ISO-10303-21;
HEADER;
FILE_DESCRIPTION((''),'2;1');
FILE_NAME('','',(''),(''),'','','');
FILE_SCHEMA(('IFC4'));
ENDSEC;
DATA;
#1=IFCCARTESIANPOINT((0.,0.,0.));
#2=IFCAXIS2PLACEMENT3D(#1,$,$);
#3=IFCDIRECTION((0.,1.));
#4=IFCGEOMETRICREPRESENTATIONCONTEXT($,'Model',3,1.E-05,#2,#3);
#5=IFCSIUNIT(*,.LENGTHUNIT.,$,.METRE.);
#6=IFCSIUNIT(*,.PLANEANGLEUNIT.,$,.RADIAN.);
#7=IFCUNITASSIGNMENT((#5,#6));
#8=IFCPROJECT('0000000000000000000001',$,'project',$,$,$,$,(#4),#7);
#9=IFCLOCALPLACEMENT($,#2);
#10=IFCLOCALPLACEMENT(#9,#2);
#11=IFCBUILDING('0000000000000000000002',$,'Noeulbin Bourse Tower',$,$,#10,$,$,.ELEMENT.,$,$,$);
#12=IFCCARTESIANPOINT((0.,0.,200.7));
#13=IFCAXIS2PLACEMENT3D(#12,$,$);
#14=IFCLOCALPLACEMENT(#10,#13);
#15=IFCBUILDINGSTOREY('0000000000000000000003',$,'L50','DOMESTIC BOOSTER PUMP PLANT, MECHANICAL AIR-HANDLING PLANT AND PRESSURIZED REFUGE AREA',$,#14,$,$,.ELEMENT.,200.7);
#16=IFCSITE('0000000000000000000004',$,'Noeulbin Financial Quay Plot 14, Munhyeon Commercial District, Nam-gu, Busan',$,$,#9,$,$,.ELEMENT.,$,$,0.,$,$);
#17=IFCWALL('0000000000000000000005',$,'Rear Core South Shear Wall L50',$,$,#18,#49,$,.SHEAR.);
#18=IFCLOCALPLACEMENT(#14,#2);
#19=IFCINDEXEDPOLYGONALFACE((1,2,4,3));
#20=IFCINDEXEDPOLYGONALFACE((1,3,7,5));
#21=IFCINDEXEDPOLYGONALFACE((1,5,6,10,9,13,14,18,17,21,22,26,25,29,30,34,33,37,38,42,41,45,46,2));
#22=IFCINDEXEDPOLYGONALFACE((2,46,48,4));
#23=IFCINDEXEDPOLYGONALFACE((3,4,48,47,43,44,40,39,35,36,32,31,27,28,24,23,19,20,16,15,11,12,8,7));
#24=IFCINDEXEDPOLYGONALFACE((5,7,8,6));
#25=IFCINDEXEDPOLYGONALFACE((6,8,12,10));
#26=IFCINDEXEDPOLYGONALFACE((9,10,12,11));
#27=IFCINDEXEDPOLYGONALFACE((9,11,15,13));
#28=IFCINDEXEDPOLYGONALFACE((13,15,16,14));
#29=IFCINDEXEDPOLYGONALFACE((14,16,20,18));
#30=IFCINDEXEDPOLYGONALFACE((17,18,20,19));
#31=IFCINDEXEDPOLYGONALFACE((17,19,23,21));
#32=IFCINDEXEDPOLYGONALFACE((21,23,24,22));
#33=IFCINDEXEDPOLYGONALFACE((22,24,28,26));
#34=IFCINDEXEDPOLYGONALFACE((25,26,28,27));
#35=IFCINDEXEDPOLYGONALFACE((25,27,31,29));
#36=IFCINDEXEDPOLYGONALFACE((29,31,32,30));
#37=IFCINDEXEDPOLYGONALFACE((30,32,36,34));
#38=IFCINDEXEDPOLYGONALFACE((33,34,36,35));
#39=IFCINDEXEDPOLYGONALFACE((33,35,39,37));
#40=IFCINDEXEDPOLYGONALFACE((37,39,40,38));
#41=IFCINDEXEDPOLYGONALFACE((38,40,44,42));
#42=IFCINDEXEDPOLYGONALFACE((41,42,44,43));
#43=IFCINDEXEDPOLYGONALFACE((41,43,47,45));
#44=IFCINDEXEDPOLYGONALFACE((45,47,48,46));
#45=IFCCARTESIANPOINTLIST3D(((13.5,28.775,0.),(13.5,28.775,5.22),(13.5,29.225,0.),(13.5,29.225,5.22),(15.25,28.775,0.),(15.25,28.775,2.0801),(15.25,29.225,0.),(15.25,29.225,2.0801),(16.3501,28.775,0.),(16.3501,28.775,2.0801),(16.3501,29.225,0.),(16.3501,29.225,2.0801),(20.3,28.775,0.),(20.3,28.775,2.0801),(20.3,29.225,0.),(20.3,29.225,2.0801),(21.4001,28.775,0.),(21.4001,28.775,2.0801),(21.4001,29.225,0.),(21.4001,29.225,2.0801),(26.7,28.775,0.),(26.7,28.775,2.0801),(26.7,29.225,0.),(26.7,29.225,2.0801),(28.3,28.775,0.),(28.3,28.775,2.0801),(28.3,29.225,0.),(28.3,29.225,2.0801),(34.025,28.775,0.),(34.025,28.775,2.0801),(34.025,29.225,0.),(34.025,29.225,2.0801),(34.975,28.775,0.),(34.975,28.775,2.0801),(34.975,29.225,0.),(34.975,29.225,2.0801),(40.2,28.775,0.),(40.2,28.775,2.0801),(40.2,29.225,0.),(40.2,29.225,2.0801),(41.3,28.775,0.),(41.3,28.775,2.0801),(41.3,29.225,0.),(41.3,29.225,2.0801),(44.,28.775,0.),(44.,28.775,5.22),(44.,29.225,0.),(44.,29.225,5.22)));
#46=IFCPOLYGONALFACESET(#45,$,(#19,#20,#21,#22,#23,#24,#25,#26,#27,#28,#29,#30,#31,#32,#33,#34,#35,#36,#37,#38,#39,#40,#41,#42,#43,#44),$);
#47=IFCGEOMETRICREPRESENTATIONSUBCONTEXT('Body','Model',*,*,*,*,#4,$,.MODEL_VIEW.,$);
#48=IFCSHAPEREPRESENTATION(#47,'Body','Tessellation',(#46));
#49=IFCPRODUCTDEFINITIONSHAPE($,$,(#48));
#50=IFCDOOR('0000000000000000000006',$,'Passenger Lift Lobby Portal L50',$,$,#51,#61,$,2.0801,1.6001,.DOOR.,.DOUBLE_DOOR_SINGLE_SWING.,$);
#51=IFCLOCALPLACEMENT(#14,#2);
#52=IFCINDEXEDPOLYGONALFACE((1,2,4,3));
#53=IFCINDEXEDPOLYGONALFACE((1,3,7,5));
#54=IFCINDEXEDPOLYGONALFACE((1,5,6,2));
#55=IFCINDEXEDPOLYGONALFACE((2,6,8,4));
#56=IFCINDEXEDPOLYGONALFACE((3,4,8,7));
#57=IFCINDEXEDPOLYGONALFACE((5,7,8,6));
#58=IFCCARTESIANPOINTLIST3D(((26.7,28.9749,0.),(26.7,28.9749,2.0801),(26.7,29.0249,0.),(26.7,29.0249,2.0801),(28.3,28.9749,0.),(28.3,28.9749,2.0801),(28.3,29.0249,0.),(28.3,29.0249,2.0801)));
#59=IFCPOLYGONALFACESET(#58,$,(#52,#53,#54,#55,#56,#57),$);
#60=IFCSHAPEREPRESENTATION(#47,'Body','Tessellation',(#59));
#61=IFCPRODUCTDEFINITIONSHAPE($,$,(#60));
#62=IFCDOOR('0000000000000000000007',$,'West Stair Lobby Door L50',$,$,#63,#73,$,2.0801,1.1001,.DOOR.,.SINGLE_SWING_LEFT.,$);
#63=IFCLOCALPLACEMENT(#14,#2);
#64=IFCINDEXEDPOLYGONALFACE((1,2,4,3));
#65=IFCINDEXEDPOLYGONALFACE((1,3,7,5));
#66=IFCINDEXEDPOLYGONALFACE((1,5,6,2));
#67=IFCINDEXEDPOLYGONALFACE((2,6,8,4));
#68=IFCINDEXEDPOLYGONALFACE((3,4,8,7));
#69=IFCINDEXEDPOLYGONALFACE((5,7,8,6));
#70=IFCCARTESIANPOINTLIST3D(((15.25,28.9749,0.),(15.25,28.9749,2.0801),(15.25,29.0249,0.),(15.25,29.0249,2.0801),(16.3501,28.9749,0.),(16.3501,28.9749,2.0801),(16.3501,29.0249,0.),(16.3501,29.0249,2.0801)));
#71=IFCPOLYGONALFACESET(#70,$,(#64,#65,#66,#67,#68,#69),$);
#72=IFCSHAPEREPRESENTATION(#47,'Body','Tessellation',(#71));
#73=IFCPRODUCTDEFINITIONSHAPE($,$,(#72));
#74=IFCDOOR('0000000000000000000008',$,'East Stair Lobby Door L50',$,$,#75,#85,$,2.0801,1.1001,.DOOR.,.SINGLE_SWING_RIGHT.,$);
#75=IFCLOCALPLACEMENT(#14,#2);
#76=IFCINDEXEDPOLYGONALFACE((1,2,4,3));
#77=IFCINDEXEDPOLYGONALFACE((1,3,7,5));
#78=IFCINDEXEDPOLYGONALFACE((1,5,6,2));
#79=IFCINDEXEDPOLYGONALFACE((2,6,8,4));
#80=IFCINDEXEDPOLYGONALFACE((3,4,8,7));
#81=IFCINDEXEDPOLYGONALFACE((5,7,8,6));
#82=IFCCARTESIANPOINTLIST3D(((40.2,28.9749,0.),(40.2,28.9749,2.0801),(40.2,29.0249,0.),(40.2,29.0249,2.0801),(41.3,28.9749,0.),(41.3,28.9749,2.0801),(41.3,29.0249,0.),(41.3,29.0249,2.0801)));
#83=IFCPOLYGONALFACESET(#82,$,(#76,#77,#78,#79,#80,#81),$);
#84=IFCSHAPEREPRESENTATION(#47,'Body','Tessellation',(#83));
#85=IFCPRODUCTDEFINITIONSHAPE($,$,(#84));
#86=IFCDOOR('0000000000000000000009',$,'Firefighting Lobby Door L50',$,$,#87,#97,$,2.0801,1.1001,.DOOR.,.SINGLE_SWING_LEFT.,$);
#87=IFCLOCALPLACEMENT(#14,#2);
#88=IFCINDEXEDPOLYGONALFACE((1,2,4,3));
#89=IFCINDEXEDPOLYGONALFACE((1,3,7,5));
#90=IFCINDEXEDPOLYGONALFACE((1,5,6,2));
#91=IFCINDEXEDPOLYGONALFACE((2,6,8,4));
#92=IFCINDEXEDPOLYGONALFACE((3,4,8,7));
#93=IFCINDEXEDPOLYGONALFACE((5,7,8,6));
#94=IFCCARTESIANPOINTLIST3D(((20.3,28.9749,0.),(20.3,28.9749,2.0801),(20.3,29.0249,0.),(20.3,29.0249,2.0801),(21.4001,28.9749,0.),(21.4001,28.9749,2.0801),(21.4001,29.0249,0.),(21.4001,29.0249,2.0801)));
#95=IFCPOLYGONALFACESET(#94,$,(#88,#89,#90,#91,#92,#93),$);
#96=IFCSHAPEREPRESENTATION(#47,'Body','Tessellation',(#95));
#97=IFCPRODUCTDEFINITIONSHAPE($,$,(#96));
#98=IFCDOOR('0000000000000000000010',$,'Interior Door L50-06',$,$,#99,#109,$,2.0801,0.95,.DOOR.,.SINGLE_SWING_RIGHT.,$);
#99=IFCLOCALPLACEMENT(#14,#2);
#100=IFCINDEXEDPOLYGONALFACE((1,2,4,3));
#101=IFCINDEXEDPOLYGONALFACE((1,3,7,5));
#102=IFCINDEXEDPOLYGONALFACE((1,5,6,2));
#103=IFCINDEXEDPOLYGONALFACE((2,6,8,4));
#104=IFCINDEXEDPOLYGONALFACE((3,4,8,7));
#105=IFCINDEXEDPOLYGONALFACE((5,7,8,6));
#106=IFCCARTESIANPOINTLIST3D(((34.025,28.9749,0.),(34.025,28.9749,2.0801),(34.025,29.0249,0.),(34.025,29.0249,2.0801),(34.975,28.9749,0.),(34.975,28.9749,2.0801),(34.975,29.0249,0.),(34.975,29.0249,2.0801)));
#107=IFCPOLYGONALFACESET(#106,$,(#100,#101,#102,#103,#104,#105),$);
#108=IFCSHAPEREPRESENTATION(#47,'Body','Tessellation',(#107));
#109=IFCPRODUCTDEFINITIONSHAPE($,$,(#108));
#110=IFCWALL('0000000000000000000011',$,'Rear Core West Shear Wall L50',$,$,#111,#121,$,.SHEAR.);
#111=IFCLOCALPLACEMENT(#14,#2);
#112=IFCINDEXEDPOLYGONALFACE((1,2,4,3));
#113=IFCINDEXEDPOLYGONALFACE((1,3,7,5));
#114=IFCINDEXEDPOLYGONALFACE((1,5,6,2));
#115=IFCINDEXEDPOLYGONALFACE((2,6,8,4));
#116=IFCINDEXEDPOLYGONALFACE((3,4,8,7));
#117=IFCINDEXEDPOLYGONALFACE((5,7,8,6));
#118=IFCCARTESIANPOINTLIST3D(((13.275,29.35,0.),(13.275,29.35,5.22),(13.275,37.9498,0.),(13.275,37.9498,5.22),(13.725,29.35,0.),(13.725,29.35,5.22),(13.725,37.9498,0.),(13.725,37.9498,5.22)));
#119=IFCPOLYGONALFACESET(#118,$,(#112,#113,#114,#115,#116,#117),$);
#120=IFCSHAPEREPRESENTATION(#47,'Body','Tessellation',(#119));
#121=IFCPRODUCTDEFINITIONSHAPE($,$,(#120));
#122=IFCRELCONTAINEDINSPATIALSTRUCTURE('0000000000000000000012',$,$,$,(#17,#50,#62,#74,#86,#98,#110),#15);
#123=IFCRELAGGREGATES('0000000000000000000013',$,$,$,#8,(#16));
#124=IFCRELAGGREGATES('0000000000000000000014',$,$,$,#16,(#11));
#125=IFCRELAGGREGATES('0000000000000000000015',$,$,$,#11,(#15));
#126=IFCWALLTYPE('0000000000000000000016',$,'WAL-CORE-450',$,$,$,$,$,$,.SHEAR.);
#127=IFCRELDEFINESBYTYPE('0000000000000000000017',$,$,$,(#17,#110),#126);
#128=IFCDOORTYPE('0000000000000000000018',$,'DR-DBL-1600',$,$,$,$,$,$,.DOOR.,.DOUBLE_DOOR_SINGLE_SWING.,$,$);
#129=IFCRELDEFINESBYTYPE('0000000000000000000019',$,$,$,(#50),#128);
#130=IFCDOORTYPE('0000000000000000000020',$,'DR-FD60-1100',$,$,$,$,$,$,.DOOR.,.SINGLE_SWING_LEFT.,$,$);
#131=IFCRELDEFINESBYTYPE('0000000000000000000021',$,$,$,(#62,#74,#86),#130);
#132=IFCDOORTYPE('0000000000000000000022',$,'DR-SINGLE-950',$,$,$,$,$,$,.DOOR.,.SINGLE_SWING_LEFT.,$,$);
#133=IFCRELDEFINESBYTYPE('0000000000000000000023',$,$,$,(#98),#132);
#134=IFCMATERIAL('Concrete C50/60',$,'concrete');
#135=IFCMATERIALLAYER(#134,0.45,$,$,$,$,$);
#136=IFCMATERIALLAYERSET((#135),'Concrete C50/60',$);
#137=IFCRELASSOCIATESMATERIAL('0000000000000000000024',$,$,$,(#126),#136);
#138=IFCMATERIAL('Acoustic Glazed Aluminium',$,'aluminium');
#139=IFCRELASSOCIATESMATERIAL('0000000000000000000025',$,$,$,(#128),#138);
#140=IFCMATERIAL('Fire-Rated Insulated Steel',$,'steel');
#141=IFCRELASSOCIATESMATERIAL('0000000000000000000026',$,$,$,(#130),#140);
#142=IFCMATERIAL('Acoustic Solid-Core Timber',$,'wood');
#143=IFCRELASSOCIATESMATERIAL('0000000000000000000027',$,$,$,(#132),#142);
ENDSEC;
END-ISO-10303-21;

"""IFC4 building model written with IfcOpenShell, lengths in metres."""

from ifc_helpers import new_model, si_unit, direction, frame, frame_2d, origin, place, context, subcontext, project, spatial, rectangle, extrude, material, layer, layer_set, type_object, element, fill, save


model = new_model("IFC4")

# Units and contexts
model_context = context("Model", 3, precision=1e-05, world=origin(), true_north=direction((0.0, 1.0)))
body_context = subcontext(model_context, "Body", "Model", "MODEL_VIEW")
ifc_project = project(units=[si_unit("LENGTHUNIT", "METRE"), si_unit("PLANEANGLEUNIT", "RADIAN")], contexts=[model_context])

# Site, building, storey
site_placement = place(None, origin())
site = spatial("IfcSite", under=ifc_project, at=site_placement, Name="Noeulbin Financial Quay Plot 14, Munhyeon Commercial District, Nam-gu, Busan", CompositionType="ELEMENT", RefElevation=0.0)
building_placement = place(site_placement, origin())
building = spatial("IfcBuilding", under=site, at=building_placement, Name="Noeulbin Bourse Tower", CompositionType="ELEMENT")
storey_placement = place(building_placement, frame((0.0, 0.0, 200.7)))
storey = spatial("IfcBuildingStorey", under=building, at=storey_placement, Name="L50", Description="DOMESTIC BOOSTER PUMP PLANT, MECHANICAL AIR-HANDLING PLANT AND PRESSURIZED REFUGE AREA", CompositionType="ELEMENT", Elevation=200.7)

# Wall, openings, doors
ifc_material_1 = material(Name="Concrete C50/60", Category="concrete")
ifc_layer_1 = layer(ifc_material_1, 0.45)
ifc_layer_set_1 = layer_set([ifc_layer_1], Name="Concrete C50/60")
wall_type = type_object("IfcWallType", Name="WAL-CORE-450", PredefinedType="SHEAR", material=ifc_layer_set_1)
wall_1_placement = place(storey_placement, frame((13.5, 29.0, 0.0), z_axis=(0.0, 0.0, 1.0), x_axis=(1.0, 0.0, 0.0)))
wall_1 = element("IfcWall", 1, at=wall_1_placement, inside=storey, type_object=wall_type, Name="Rear Core South Shear Wall L50", PredefinedType="SHEAR", context=body_context, shape_type="SweptSolid", body=[
    extrude(rectangle(XDim=30.5, YDim=0.45, at=frame_2d((15.25, 0.0))), origin(), (0.0, 0.0, 1.0), 5.22),
])
opening_1_placement = place(wall_1_placement, frame((1.75, 0.0, 0.0)))
opening_1 = element("IfcOpeningElement", 2, at=opening_1_placement, cuts=wall_1, PredefinedType="OPENING", context=body_context, shape_type="SweptSolid", body=[
    extrude(rectangle(XDim=1.1001, YDim=2.0801, at=frame_2d((0.55, 1.04))), frame((0.0, 0.2349, 0.0), z_axis=(0.0, -1.0, 0.0), x_axis=(1.0, 0.0, 0.0)), (0.0, 0.0, 1.0), 0.47),
])
opening_2_placement = place(wall_1_placement, frame((26.7, 0.0, 0.0)))
opening_2 = element("IfcOpeningElement", 3, at=opening_2_placement, cuts=wall_1, PredefinedType="OPENING", context=body_context, shape_type="SweptSolid", body=[
    extrude(rectangle(XDim=1.1001, YDim=2.0801, at=frame_2d((0.55, 1.04))), frame((0.0, 0.2349, 0.0), z_axis=(0.0, -1.0, 0.0), x_axis=(1.0, 0.0, 0.0)), (0.0, 0.0, 1.0), 0.47),
])
opening_3_placement = place(wall_1_placement, frame((6.8, 0.0, 0.0)))
opening_3 = element("IfcOpeningElement", 4, at=opening_3_placement, cuts=wall_1, PredefinedType="OPENING", context=body_context, shape_type="SweptSolid", body=[
    extrude(rectangle(XDim=1.1001, YDim=2.0801, at=frame_2d((0.55, 1.04))), frame((0.0, 0.2349, 0.0), z_axis=(0.0, -1.0, 0.0), x_axis=(1.0, 0.0, 0.0)), (0.0, 0.0, 1.0), 0.47),
])
opening_4_placement = place(wall_1_placement, frame((13.2, 0.0, 0.0)))
opening_4 = element("IfcOpeningElement", 5, at=opening_4_placement, cuts=wall_1, PredefinedType="OPENING", context=body_context, shape_type="SweptSolid", body=[
    extrude(rectangle(XDim=1.6001, YDim=2.0801, at=frame_2d((0.8, 1.04))), frame((0.0, 0.2349, 0.0), z_axis=(0.0, -1.0, 0.0), x_axis=(1.0, 0.0, 0.0)), (0.0, 0.0, 1.0), 0.47),
])
opening_5_placement = place(wall_1_placement, frame((20.5249, 0.0, 0.0)))
opening_5 = element("IfcOpeningElement", 6, at=opening_5_placement, cuts=wall_1, PredefinedType="OPENING", context=body_context, shape_type="SweptSolid", body=[
    extrude(rectangle(XDim=0.95, YDim=2.0801, at=frame_2d((0.4751, 1.04))), frame((0.0, 0.2349, 0.0), z_axis=(0.0, -1.0, 0.0), x_axis=(1.0, 0.0, 0.0)), (0.0, 0.0, 1.0), 0.47),
])
ifc_material_2 = material(Name="Acoustic Glazed Aluminium", Category="aluminium")
door_type_1 = type_object("IfcDoorType", Name="DR-DBL-1600", OperationType="DOUBLE_DOOR_SINGLE_SWING", PredefinedType="DOOR", material=ifc_material_2)
door_1_placement = place(opening_4_placement, origin())
door_1 = element("IfcDoor", 7, at=door_1_placement, inside=storey, type_object=door_type_1, Name="Passenger Lift Lobby Portal L50", OperationType="DOUBLE_DOOR_SINGLE_SWING", OverallHeight=2.0801, OverallWidth=1.6001, PredefinedType="DOOR", context=body_context, shape_type="SweptSolid", body=[
    extrude(rectangle(XDim=1.6001, YDim=2.0801, at=frame_2d((0.8, 1.04))), frame((0.0, 0.0249, 0.0), z_axis=(0.0, -1.0, 0.0), x_axis=(1.0, 0.0, 0.0)), (0.0, 0.0, 1.0), 0.05),
])
fill(opening_4, door_1)
ifc_material_3 = material(Name="Fire-Rated Insulated Steel", Category="steel")
door_type_2 = type_object("IfcDoorType", Name="DR-FD60-1100", OperationType="SINGLE_SWING_LEFT", PredefinedType="DOOR", material=ifc_material_3)
door_2_placement = place(opening_1_placement, origin())
door_2 = element("IfcDoor", 8, at=door_2_placement, inside=storey, type_object=door_type_2, Name="West Stair Lobby Door L50", OperationType="SINGLE_SWING_LEFT", OverallHeight=2.0801, OverallWidth=1.1001, PredefinedType="DOOR", context=body_context, shape_type="SweptSolid", body=[
    extrude(rectangle(XDim=1.1001, YDim=2.0801, at=frame_2d((0.55, 1.04))), frame((0.0, 0.0249, 0.0), z_axis=(0.0, -1.0, 0.0), x_axis=(1.0, 0.0, 0.0)), (0.0, 0.0, 1.0), 0.05),
])
fill(opening_1, door_2)
door_3_placement = place(opening_2_placement, origin())
door_3 = element("IfcDoor", 9, at=door_3_placement, inside=storey, type_object=door_type_2, Name="East Stair Lobby Door L50", OperationType="SINGLE_SWING_RIGHT", OverallHeight=2.0801, OverallWidth=1.1001, PredefinedType="DOOR", context=body_context, shape_type="SweptSolid", body=[
    extrude(rectangle(XDim=1.1001, YDim=2.0801, at=frame_2d((0.55, 1.04))), frame((0.0, 0.0249, 0.0), z_axis=(0.0, -1.0, 0.0), x_axis=(1.0, 0.0, 0.0)), (0.0, 0.0, 1.0), 0.05),
])
fill(opening_2, door_3)
door_4_placement = place(opening_3_placement, origin())
door_4 = element("IfcDoor", 10, at=door_4_placement, inside=storey, type_object=door_type_2, Name="Firefighting Lobby Door L50", OperationType="SINGLE_SWING_LEFT", OverallHeight=2.0801, OverallWidth=1.1001, PredefinedType="DOOR", context=body_context, shape_type="SweptSolid", body=[
    extrude(rectangle(XDim=1.1001, YDim=2.0801, at=frame_2d((0.55, 1.04))), frame((0.0, 0.0249, 0.0), z_axis=(0.0, -1.0, 0.0), x_axis=(1.0, 0.0, 0.0)), (0.0, 0.0, 1.0), 0.05),
])
fill(opening_3, door_4)
ifc_material_4 = material(Name="Acoustic Solid-Core Timber", Category="wood")
door_type_3 = type_object("IfcDoorType", Name="DR-SINGLE-950", OperationType="SINGLE_SWING_LEFT", PredefinedType="DOOR", material=ifc_material_4)
door_5_placement = place(opening_5_placement, origin())
door_5 = element("IfcDoor", 11, at=door_5_placement, inside=storey, type_object=door_type_3, Name="Interior Door L50-06", OperationType="SINGLE_SWING_RIGHT", OverallHeight=2.0801, OverallWidth=0.95, PredefinedType="DOOR", context=body_context, shape_type="SweptSolid", body=[
    extrude(rectangle(XDim=0.95, YDim=2.0801, at=frame_2d((0.4751, 1.04))), frame((0.0, 0.0249, 0.0), z_axis=(0.0, -1.0, 0.0), x_axis=(1.0, 0.0, 0.0)), (0.0, 0.0, 1.0), 0.05),
])
fill(opening_5, door_5)

# Wall
wall_2_placement = place(storey_placement, frame((13.5, 29.3501, 0.0), z_axis=(0.0, 0.0, 1.0), x_axis=(0.0, 1.0, 0.0)))
element("IfcWall", 12, at=wall_2_placement, inside=storey, type_object=wall_type, Name="Rear Core West Shear Wall L50", PredefinedType="SHEAR", context=body_context, shape_type="SweptSolid", body=[
    extrude(rectangle(XDim=8.5999, YDim=0.45, at=frame_2d((4.2998, 0.0))), origin(), (0.0, 0.0, 1.0), 5.22),
])

save(model, "model.ifc")
